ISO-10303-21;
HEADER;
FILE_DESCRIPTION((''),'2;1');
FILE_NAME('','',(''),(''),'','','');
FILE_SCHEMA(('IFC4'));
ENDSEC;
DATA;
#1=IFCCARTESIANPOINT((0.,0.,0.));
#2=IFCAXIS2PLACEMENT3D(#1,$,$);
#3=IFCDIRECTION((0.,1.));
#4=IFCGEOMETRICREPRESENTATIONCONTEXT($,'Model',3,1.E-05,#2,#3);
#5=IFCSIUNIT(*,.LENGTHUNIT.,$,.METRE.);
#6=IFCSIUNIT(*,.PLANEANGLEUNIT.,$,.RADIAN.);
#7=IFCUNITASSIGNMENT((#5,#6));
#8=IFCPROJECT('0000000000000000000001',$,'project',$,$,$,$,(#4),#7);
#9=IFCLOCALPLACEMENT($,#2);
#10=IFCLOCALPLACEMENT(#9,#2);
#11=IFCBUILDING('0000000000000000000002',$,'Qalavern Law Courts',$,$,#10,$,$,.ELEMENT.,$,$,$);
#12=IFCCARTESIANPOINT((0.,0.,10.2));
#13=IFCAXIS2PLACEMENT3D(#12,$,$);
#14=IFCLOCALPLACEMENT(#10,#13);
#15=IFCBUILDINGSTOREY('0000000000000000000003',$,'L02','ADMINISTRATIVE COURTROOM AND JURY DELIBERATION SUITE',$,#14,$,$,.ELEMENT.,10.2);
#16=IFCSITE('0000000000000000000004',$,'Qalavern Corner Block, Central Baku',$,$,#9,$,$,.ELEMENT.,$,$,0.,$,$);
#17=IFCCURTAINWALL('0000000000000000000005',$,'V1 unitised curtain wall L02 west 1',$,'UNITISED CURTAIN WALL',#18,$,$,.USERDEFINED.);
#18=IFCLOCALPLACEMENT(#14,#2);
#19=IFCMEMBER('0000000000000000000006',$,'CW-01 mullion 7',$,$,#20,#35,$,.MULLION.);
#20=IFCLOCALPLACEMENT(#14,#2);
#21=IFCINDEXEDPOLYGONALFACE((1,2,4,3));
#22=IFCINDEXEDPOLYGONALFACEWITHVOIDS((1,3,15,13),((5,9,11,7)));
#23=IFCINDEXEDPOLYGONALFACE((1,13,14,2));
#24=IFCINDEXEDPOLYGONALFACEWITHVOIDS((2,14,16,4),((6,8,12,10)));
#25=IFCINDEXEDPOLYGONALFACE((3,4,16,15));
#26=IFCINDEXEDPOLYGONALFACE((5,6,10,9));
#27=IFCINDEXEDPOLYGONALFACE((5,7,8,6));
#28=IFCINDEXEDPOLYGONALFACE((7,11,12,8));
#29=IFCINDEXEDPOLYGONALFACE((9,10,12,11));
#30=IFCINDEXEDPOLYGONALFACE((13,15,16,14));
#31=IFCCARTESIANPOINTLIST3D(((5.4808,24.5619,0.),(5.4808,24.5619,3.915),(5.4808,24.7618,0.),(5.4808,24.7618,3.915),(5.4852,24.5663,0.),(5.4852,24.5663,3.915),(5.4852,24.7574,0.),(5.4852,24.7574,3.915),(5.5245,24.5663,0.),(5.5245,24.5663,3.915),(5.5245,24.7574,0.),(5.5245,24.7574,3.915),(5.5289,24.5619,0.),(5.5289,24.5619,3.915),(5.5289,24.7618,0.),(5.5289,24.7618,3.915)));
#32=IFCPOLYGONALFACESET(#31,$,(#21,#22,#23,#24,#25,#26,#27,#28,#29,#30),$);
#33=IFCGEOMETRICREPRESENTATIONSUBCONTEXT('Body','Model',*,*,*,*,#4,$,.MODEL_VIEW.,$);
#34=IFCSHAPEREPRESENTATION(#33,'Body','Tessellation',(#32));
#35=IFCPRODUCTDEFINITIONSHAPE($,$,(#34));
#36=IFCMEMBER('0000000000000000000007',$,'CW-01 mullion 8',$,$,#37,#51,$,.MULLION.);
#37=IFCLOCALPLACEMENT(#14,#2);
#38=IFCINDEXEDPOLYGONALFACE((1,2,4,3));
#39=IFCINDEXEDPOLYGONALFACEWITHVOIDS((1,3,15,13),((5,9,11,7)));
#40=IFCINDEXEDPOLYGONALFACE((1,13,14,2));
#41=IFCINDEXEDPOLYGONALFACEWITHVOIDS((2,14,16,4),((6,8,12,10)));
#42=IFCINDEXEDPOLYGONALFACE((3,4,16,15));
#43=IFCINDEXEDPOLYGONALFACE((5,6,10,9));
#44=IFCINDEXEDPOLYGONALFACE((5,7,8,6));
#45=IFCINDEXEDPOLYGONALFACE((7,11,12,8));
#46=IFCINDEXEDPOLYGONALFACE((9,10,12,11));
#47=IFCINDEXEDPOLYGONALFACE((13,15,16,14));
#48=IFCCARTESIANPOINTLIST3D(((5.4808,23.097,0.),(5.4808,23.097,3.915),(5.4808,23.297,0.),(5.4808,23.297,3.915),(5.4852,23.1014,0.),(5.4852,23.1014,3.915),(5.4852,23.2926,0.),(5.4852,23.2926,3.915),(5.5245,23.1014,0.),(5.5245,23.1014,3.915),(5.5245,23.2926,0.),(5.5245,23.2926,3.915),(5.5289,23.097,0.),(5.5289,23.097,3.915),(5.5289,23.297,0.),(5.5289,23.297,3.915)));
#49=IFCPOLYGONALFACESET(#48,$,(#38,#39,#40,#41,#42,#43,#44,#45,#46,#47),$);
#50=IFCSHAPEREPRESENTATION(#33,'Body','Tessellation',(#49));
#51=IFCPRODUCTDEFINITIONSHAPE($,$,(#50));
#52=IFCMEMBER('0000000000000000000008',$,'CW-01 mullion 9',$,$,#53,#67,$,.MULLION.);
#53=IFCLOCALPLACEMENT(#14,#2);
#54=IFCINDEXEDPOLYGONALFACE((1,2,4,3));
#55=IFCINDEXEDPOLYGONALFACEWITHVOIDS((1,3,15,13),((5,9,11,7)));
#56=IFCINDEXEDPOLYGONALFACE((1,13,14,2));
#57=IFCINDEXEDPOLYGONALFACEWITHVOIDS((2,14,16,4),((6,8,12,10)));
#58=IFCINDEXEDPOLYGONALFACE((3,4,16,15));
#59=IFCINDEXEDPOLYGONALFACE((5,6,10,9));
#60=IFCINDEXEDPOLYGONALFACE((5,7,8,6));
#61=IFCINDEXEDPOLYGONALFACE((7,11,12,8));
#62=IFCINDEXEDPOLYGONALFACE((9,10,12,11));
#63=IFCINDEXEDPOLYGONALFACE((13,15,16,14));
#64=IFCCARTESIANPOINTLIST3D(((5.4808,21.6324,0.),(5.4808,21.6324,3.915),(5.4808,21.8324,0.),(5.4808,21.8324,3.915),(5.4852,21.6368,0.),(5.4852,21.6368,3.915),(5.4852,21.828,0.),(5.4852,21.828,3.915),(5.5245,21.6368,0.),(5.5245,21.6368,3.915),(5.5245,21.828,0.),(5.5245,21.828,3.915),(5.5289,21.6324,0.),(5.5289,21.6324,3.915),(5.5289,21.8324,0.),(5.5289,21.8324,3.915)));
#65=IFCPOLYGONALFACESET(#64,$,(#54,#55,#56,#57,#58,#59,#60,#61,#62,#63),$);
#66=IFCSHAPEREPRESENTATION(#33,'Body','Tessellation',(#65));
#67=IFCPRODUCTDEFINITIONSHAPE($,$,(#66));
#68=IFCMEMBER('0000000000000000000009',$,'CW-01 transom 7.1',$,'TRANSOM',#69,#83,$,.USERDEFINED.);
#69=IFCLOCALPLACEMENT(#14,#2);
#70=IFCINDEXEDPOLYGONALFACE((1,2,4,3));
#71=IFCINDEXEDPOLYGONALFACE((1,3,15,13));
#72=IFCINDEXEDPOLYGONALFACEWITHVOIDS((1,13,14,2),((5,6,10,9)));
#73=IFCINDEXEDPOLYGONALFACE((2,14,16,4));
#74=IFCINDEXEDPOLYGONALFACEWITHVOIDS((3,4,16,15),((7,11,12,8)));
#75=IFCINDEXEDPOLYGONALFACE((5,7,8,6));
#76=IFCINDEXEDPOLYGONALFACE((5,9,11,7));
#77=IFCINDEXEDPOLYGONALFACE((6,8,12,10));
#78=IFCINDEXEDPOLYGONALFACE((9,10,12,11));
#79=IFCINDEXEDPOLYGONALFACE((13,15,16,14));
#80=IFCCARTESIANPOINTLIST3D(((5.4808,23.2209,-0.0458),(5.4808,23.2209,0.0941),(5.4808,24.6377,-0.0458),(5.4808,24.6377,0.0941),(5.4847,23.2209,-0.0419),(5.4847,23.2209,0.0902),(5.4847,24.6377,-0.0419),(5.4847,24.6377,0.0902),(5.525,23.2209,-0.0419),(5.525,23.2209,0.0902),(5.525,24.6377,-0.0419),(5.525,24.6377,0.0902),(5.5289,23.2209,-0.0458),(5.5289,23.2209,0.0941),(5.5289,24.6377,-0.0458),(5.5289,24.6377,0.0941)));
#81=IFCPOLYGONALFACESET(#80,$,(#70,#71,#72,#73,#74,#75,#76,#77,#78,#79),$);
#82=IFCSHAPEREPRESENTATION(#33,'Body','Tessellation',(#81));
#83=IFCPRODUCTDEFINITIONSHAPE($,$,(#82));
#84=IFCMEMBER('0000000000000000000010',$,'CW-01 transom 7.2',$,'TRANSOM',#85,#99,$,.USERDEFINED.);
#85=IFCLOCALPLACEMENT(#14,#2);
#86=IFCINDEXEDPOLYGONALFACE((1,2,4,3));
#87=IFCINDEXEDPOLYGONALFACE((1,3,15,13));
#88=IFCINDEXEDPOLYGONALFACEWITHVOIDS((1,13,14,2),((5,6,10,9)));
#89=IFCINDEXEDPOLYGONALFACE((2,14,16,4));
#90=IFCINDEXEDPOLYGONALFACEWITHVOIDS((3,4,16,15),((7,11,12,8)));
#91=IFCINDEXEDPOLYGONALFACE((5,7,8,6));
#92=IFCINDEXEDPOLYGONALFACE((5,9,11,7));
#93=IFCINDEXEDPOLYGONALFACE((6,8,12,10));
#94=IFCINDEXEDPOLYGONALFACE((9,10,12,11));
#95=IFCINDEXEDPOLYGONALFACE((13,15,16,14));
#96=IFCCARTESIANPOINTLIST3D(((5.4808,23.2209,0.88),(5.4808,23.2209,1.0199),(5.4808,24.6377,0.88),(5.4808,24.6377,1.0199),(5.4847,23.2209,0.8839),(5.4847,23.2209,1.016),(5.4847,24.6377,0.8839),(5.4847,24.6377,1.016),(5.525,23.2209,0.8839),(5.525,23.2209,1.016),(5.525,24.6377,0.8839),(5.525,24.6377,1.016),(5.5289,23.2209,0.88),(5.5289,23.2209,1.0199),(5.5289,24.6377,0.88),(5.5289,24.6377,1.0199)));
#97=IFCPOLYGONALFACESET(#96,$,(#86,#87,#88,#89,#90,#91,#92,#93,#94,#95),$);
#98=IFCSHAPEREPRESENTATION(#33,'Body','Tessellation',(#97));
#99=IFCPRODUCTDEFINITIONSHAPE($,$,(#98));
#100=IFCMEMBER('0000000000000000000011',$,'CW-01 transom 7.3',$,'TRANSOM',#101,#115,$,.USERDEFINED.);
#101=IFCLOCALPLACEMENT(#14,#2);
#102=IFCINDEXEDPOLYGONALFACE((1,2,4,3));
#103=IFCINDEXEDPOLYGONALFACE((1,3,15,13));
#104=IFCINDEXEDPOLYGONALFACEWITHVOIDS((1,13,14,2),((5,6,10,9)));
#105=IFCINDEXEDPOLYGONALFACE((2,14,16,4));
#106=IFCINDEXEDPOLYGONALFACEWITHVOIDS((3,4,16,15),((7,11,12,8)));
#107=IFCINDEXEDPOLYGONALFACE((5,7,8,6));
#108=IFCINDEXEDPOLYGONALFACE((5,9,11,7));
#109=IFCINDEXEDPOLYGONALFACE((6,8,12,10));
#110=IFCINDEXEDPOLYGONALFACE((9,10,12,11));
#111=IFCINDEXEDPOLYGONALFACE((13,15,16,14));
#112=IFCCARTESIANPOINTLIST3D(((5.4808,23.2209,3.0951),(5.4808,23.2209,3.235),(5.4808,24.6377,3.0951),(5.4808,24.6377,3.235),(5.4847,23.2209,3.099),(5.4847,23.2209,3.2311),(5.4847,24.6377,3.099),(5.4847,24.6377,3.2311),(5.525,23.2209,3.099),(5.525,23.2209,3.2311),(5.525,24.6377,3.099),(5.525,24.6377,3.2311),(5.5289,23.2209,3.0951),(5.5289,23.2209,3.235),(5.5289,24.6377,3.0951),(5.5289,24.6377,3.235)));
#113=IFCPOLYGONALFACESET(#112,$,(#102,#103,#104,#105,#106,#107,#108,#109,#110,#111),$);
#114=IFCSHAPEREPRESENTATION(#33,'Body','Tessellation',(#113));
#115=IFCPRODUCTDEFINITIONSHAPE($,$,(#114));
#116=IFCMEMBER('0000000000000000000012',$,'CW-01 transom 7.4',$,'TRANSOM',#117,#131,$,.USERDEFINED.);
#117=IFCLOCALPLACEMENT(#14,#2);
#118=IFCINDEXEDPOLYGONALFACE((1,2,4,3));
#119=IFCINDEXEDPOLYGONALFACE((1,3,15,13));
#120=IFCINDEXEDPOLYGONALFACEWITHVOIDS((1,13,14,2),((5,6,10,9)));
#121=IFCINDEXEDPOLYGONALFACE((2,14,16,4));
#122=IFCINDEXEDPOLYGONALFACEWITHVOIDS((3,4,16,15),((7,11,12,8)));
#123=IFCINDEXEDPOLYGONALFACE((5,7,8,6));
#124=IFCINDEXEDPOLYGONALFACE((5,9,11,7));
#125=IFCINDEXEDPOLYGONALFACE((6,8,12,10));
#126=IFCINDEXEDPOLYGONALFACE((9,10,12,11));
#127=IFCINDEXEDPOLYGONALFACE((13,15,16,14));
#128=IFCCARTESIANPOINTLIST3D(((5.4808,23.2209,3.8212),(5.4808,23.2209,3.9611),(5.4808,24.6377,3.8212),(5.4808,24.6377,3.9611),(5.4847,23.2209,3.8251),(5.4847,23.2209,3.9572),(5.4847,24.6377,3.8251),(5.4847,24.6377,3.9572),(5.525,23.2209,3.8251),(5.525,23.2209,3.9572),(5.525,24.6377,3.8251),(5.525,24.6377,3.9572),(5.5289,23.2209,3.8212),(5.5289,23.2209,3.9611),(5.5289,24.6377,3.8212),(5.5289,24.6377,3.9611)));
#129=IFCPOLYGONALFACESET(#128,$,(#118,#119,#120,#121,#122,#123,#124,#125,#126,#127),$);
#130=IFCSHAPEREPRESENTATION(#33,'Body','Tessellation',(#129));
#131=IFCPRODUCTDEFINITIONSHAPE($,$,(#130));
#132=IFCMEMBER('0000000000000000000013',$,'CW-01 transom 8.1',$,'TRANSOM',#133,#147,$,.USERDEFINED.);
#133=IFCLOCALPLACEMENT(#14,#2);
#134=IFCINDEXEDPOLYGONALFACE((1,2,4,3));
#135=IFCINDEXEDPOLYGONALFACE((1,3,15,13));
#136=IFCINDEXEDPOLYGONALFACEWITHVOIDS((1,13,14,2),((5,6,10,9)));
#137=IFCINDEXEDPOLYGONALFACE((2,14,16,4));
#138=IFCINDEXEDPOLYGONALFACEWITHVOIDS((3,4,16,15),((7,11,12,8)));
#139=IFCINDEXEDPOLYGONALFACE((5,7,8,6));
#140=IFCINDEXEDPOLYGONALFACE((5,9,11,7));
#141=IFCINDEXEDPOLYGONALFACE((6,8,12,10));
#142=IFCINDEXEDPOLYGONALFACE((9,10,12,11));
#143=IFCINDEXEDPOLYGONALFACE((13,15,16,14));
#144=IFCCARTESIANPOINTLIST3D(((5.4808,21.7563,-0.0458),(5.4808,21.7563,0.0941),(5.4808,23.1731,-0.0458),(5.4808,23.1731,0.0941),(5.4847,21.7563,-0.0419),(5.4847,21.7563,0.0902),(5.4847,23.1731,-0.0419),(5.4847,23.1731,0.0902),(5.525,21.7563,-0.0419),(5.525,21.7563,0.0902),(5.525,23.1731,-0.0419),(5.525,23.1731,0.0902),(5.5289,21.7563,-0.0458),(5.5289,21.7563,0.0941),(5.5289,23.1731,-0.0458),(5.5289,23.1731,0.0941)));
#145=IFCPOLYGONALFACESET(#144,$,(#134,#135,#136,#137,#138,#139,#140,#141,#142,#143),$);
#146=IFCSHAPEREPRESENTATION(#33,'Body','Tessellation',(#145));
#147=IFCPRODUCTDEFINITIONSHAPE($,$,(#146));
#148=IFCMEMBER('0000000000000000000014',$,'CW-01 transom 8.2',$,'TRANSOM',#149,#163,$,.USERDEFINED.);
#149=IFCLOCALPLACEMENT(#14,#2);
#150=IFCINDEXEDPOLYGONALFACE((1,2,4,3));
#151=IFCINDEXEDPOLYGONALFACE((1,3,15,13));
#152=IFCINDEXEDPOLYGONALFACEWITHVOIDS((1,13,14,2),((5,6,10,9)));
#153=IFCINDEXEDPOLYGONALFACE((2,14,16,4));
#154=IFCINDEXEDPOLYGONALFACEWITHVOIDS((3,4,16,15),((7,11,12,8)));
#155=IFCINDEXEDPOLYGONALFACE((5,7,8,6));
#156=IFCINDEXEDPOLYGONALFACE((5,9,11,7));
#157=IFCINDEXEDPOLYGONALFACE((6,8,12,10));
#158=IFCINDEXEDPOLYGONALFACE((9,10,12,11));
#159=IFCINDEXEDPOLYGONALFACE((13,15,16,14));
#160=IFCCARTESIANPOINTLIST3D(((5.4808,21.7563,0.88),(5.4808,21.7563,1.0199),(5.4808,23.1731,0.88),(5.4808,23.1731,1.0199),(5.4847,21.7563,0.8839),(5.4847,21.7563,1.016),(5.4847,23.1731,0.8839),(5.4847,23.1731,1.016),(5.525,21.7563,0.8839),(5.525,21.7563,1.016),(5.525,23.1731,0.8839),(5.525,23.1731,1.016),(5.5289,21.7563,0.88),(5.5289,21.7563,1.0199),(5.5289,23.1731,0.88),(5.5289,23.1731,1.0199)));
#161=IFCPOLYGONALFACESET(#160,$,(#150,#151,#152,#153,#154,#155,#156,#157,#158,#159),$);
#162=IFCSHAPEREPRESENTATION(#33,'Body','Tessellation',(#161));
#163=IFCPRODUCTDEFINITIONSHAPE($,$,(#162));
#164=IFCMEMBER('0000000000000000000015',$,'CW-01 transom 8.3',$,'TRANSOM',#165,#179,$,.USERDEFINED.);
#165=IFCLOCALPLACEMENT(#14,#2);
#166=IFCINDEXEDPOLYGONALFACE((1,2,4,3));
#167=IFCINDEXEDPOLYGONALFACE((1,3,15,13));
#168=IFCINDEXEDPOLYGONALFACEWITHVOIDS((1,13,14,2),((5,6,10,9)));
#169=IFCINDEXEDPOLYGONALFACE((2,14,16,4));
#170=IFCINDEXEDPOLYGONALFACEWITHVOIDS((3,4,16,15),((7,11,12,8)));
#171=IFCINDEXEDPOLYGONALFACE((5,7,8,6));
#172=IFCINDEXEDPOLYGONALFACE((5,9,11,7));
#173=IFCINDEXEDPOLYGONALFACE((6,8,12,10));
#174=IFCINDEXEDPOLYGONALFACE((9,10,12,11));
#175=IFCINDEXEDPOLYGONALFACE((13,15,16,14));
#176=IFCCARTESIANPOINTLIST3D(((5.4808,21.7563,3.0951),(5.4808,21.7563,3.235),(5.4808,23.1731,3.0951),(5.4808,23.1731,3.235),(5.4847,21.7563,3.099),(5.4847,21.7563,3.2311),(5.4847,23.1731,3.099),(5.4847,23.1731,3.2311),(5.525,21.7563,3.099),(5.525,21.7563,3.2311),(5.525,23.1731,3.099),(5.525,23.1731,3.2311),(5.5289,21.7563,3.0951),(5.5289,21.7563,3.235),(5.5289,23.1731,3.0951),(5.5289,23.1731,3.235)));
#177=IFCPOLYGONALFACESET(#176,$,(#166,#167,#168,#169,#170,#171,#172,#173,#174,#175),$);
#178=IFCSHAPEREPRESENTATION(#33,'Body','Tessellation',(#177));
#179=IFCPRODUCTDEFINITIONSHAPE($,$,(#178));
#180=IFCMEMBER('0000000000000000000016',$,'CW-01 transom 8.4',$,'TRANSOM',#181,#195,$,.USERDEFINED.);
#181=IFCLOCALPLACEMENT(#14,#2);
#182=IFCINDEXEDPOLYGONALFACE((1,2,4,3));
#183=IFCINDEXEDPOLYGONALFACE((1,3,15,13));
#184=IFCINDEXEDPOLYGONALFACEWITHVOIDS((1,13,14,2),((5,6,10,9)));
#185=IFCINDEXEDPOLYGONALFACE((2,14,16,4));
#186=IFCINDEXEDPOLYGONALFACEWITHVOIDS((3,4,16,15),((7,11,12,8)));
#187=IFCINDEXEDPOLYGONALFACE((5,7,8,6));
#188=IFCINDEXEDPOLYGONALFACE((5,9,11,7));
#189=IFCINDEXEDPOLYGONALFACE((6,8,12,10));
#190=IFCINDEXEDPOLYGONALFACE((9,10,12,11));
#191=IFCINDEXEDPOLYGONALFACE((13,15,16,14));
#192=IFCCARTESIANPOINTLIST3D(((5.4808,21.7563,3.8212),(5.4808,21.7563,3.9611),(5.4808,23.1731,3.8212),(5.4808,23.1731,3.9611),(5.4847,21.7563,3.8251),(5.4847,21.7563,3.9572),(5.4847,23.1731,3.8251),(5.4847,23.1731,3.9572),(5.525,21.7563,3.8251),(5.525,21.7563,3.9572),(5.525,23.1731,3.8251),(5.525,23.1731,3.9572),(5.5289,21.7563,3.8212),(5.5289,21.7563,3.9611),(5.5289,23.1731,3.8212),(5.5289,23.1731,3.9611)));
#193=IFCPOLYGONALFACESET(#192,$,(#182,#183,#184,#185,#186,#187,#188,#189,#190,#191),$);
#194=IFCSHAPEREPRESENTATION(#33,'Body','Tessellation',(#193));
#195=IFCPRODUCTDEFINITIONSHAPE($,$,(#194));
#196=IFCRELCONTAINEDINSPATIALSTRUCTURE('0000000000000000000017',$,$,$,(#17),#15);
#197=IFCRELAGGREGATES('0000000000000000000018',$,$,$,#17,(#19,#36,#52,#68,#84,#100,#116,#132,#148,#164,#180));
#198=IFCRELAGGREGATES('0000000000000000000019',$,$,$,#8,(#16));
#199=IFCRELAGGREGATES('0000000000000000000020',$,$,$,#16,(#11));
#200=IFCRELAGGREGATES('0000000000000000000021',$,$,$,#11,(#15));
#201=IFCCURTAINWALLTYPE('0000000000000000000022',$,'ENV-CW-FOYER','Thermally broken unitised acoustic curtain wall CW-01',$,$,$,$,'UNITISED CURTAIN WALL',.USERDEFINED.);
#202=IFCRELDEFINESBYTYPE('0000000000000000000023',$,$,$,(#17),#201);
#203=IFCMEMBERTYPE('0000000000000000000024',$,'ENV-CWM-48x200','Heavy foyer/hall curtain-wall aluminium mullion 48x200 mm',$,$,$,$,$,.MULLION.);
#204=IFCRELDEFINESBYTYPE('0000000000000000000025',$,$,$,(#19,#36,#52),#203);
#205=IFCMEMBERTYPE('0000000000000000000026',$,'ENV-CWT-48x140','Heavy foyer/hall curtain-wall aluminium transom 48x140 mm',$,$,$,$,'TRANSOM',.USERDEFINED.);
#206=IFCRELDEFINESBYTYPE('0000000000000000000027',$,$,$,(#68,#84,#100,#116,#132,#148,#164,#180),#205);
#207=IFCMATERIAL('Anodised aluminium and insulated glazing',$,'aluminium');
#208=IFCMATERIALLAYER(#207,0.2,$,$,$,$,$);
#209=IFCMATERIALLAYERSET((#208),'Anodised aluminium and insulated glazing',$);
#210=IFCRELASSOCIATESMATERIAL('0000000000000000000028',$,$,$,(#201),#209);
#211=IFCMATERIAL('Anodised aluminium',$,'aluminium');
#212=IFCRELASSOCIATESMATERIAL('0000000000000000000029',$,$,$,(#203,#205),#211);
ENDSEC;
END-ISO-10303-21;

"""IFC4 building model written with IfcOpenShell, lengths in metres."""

from ifc_helpers import new_model, si_unit, direction, frame, origin, origin_2d, place, context, subcontext, project, spatial, hollow_rectangle, extrude, material, layer, layer_set, material_profile, profile_set, type_object, element, aggregate, save


model = new_model("IFC4")

# Units and contexts
model_context = context("Model", 3, precision=1e-05, world=origin(), true_north=direction((0.0, 1.0)))
body_context = subcontext(model_context, "Body", "Model", "MODEL_VIEW")
ifc_project = project(units=[si_unit("LENGTHUNIT", "METRE"), si_unit("PLANEANGLEUNIT", "RADIAN")], contexts=[model_context])

# Site, building, storey
site_placement = place(None, origin())
site = spatial("IfcSite", under=ifc_project, at=site_placement, Name="Qalavern Corner Block, Central Baku", CompositionType="ELEMENT", RefElevation=0.0)
building_placement = place(site_placement, origin())
building = spatial("IfcBuilding", under=site, at=building_placement, Name="Qalavern Law Courts", CompositionType="ELEMENT")
storey_placement = place(building_placement, frame((0.0, 0.0, 10.2)))
storey = spatial("IfcBuildingStorey", under=building, at=storey_placement, Name="L02", Description="ADMINISTRATIVE COURTROOM AND JURY DELIBERATION SUITE", CompositionType="ELEMENT", Elevation=10.2)

# Curtain wall, members
ifc_material_1 = material(Name="Anodised aluminium and insulated glazing", Category="aluminium")
ifc_layer_1 = layer(ifc_material_1, 0.2)
ifc_layer_set_1 = layer_set([ifc_layer_1], Name="Anodised aluminium and insulated glazing")
curtain_wall_type = type_object("IfcCurtainWallType", Name="ENV-CW-FOYER", Description="Thermally broken unitised acoustic curtain wall CW-01", ElementType="UNITISED CURTAIN WALL", PredefinedType="USERDEFINED", material=ifc_layer_set_1)
curtain_wall_placement = place(storey_placement, origin())
curtain_wall = element("IfcCurtainWall", 1, at=curtain_wall_placement, inside=storey, type_object=curtain_wall_type, Name="V1 unitised curtain wall L02 west 1", ObjectType="UNITISED CURTAIN WALL", PredefinedType="USERDEFINED")
ifc_material_2 = material(Name="Anodised aluminium", Category="aluminium")
ifc_material_profile_1 = material_profile(ifc_material_2, hollow_rectangle(XDim=0.0481, YDim=0.2, WallThickness=0.0044, at=origin_2d()), Name="ALU MULLION 48x200")
ifc_profile_set_1 = profile_set([ifc_material_profile_1], Name="Anodised aluminium")
member_type_1 = type_object("IfcMemberType", Name="ENV-CWM-48x200", Description="Heavy foyer/hall curtain-wall aluminium mullion 48x200 mm", PredefinedType="MULLION", material=ifc_profile_set_1)
member_1_placement = place(storey_placement, frame((5.5049, 24.6619, 0.0), z_axis=(0.0, 0.0, 1.0), x_axis=(1.0, 0.0, 0.0)))
member_1 = element("IfcMember", 2, at=member_1_placement, type_object=member_type_1, Name="CW-01 mullion 7", PredefinedType="MULLION", context=body_context, shape_type="SweptSolid", body=[
    extrude(hollow_rectangle(XDim=0.0481, YDim=0.2, WallThickness=0.0044, at=origin_2d()), origin(), (0.0, 0.0, 1.0), 3.915),
])
member_2_placement = place(storey_placement, frame((5.5049, 23.197, 0.0), z_axis=(0.0, 0.0, 1.0), x_axis=(1.0, 0.0, 0.0)))
member_2 = element("IfcMember", 3, at=member_2_placement, type_object=member_type_1, Name="CW-01 mullion 8", PredefinedType="MULLION", context=body_context, shape_type="SweptSolid", body=[
    extrude(hollow_rectangle(XDim=0.0481, YDim=0.2, WallThickness=0.0044, at=origin_2d()), origin(), (0.0, 0.0, 1.0), 3.915),
])
member_3_placement = place(storey_placement, frame((5.5049, 21.7324, 0.0), z_axis=(0.0, 0.0, 1.0), x_axis=(1.0, 0.0, 0.0)))
member_3 = element("IfcMember", 4, at=member_3_placement, type_object=member_type_1, Name="CW-01 mullion 9", PredefinedType="MULLION", context=body_context, shape_type="SweptSolid", body=[
    extrude(hollow_rectangle(XDim=0.0481, YDim=0.2, WallThickness=0.0044, at=origin_2d()), origin(), (0.0, 0.0, 1.0), 3.915),
])
ifc_material_profile_2 = material_profile(ifc_material_2, hollow_rectangle(XDim=0.0481, YDim=0.1399, WallThickness=0.0039, at=origin_2d()), Name="ALU TRANSOM 48x140")
ifc_profile_set_2 = profile_set([ifc_material_profile_2], Name="Anodised aluminium")
member_type_2 = type_object("IfcMemberType", Name="ENV-CWT-48x140", Description="Heavy foyer/hall curtain-wall aluminium transom 48x140 mm", ElementType="TRANSOM", PredefinedType="USERDEFINED", material=ifc_profile_set_2)
member_4_placement = place(storey_placement, frame((5.5049, 24.6377, 0.0242), z_axis=(0.0, -1.0, 0.0), x_axis=(1.0, 0.0, 0.0)))
member_4 = element("IfcMember", 5, at=member_4_placement, type_object=member_type_2, Name="CW-01 transom 7.1", ObjectType="TRANSOM", PredefinedType="USERDEFINED", context=body_context, shape_type="SweptSolid", body=[
    extrude(hollow_rectangle(XDim=0.0481, YDim=0.1399, WallThickness=0.0039, at=origin_2d()), origin(), (0.0, 0.0, 1.0), 1.4167),
])
member_5_placement = place(storey_placement, frame((5.5049, 24.6377, 0.95), z_axis=(0.0, -1.0, 0.0), x_axis=(1.0, 0.0, 0.0)))
member_5 = element("IfcMember", 6, at=member_5_placement, type_object=member_type_2, Name="CW-01 transom 7.2", ObjectType="TRANSOM", PredefinedType="USERDEFINED", context=body_context, shape_type="SweptSolid", body=[
    extrude(hollow_rectangle(XDim=0.0481, YDim=0.1399, WallThickness=0.0039, at=origin_2d()), origin(), (0.0, 0.0, 1.0), 1.4167),
])
member_6_placement = place(storey_placement, frame((5.5049, 24.6377, 3.165), z_axis=(0.0, -1.0, 0.0), x_axis=(1.0, 0.0, 0.0)))
member_6 = element("IfcMember", 7, at=member_6_placement, type_object=member_type_2, Name="CW-01 transom 7.3", ObjectType="TRANSOM", PredefinedType="USERDEFINED", context=body_context, shape_type="SweptSolid", body=[
    extrude(hollow_rectangle(XDim=0.0481, YDim=0.1399, WallThickness=0.0039, at=origin_2d()), origin(), (0.0, 0.0, 1.0), 1.4167),
])
member_7_placement = place(storey_placement, frame((5.5049, 24.6377, 3.8911), z_axis=(0.0, -1.0, 0.0), x_axis=(1.0, 0.0, 0.0)))
member_7 = element("IfcMember", 8, at=member_7_placement, type_object=member_type_2, Name="CW-01 transom 7.4", ObjectType="TRANSOM", PredefinedType="USERDEFINED", context=body_context, shape_type="SweptSolid", body=[
    extrude(hollow_rectangle(XDim=0.0481, YDim=0.1399, WallThickness=0.0039, at=origin_2d()), origin(), (0.0, 0.0, 1.0), 1.4167),
])
member_8_placement = place(storey_placement, frame((5.5049, 23.1731, 0.0242), z_axis=(0.0, -1.0, 0.0), x_axis=(1.0, 0.0, 0.0)))
member_8 = element("IfcMember", 9, at=member_8_placement, type_object=member_type_2, Name="CW-01 transom 8.1", ObjectType="TRANSOM", PredefinedType="USERDEFINED", context=body_context, shape_type="SweptSolid", body=[
    extrude(hollow_rectangle(XDim=0.0481, YDim=0.1399, WallThickness=0.0039, at=origin_2d()), origin(), (0.0, 0.0, 1.0), 1.4167),
])
member_9_placement = place(storey_placement, frame((5.5049, 23.1731, 0.95), z_axis=(0.0, -1.0, 0.0), x_axis=(1.0, 0.0, 0.0)))
member_9 = element("IfcMember", 10, at=member_9_placement, type_object=member_type_2, Name="CW-01 transom 8.2", ObjectType="TRANSOM", PredefinedType="USERDEFINED", context=body_context, shape_type="SweptSolid", body=[
    extrude(hollow_rectangle(XDim=0.0481, YDim=0.1399, WallThickness=0.0039, at=origin_2d()), origin(), (0.0, 0.0, 1.0), 1.4167),
])
member_10_placement = place(storey_placement, frame((5.5049, 23.1731, 3.165), z_axis=(0.0, -1.0, 0.0), x_axis=(1.0, 0.0, 0.0)))
member_10 = element("IfcMember", 11, at=member_10_placement, type_object=member_type_2, Name="CW-01 transom 8.3", ObjectType="TRANSOM", PredefinedType="USERDEFINED", context=body_context, shape_type="SweptSolid", body=[
    extrude(hollow_rectangle(XDim=0.0481, YDim=0.1399, WallThickness=0.0039, at=origin_2d()), origin(), (0.0, 0.0, 1.0), 1.4167),
])
member_11_placement = place(storey_placement, frame((5.5049, 23.1731, 3.8911), z_axis=(0.0, -1.0, 0.0), x_axis=(1.0, 0.0, 0.0)))
member_11 = element("IfcMember", 12, at=member_11_placement, type_object=member_type_2, Name="CW-01 transom 8.4", ObjectType="TRANSOM", PredefinedType="USERDEFINED", context=body_context, shape_type="SweptSolid", body=[
    extrude(hollow_rectangle(XDim=0.0481, YDim=0.1399, WallThickness=0.0039, at=origin_2d()), origin(), (0.0, 0.0, 1.0), 1.4167),
])

aggregate(curtain_wall, [member_1, member_2, member_3, member_4, member_5, member_6, member_7, member_8, member_9, member_10, member_11])

save(model, "model.ifc")
